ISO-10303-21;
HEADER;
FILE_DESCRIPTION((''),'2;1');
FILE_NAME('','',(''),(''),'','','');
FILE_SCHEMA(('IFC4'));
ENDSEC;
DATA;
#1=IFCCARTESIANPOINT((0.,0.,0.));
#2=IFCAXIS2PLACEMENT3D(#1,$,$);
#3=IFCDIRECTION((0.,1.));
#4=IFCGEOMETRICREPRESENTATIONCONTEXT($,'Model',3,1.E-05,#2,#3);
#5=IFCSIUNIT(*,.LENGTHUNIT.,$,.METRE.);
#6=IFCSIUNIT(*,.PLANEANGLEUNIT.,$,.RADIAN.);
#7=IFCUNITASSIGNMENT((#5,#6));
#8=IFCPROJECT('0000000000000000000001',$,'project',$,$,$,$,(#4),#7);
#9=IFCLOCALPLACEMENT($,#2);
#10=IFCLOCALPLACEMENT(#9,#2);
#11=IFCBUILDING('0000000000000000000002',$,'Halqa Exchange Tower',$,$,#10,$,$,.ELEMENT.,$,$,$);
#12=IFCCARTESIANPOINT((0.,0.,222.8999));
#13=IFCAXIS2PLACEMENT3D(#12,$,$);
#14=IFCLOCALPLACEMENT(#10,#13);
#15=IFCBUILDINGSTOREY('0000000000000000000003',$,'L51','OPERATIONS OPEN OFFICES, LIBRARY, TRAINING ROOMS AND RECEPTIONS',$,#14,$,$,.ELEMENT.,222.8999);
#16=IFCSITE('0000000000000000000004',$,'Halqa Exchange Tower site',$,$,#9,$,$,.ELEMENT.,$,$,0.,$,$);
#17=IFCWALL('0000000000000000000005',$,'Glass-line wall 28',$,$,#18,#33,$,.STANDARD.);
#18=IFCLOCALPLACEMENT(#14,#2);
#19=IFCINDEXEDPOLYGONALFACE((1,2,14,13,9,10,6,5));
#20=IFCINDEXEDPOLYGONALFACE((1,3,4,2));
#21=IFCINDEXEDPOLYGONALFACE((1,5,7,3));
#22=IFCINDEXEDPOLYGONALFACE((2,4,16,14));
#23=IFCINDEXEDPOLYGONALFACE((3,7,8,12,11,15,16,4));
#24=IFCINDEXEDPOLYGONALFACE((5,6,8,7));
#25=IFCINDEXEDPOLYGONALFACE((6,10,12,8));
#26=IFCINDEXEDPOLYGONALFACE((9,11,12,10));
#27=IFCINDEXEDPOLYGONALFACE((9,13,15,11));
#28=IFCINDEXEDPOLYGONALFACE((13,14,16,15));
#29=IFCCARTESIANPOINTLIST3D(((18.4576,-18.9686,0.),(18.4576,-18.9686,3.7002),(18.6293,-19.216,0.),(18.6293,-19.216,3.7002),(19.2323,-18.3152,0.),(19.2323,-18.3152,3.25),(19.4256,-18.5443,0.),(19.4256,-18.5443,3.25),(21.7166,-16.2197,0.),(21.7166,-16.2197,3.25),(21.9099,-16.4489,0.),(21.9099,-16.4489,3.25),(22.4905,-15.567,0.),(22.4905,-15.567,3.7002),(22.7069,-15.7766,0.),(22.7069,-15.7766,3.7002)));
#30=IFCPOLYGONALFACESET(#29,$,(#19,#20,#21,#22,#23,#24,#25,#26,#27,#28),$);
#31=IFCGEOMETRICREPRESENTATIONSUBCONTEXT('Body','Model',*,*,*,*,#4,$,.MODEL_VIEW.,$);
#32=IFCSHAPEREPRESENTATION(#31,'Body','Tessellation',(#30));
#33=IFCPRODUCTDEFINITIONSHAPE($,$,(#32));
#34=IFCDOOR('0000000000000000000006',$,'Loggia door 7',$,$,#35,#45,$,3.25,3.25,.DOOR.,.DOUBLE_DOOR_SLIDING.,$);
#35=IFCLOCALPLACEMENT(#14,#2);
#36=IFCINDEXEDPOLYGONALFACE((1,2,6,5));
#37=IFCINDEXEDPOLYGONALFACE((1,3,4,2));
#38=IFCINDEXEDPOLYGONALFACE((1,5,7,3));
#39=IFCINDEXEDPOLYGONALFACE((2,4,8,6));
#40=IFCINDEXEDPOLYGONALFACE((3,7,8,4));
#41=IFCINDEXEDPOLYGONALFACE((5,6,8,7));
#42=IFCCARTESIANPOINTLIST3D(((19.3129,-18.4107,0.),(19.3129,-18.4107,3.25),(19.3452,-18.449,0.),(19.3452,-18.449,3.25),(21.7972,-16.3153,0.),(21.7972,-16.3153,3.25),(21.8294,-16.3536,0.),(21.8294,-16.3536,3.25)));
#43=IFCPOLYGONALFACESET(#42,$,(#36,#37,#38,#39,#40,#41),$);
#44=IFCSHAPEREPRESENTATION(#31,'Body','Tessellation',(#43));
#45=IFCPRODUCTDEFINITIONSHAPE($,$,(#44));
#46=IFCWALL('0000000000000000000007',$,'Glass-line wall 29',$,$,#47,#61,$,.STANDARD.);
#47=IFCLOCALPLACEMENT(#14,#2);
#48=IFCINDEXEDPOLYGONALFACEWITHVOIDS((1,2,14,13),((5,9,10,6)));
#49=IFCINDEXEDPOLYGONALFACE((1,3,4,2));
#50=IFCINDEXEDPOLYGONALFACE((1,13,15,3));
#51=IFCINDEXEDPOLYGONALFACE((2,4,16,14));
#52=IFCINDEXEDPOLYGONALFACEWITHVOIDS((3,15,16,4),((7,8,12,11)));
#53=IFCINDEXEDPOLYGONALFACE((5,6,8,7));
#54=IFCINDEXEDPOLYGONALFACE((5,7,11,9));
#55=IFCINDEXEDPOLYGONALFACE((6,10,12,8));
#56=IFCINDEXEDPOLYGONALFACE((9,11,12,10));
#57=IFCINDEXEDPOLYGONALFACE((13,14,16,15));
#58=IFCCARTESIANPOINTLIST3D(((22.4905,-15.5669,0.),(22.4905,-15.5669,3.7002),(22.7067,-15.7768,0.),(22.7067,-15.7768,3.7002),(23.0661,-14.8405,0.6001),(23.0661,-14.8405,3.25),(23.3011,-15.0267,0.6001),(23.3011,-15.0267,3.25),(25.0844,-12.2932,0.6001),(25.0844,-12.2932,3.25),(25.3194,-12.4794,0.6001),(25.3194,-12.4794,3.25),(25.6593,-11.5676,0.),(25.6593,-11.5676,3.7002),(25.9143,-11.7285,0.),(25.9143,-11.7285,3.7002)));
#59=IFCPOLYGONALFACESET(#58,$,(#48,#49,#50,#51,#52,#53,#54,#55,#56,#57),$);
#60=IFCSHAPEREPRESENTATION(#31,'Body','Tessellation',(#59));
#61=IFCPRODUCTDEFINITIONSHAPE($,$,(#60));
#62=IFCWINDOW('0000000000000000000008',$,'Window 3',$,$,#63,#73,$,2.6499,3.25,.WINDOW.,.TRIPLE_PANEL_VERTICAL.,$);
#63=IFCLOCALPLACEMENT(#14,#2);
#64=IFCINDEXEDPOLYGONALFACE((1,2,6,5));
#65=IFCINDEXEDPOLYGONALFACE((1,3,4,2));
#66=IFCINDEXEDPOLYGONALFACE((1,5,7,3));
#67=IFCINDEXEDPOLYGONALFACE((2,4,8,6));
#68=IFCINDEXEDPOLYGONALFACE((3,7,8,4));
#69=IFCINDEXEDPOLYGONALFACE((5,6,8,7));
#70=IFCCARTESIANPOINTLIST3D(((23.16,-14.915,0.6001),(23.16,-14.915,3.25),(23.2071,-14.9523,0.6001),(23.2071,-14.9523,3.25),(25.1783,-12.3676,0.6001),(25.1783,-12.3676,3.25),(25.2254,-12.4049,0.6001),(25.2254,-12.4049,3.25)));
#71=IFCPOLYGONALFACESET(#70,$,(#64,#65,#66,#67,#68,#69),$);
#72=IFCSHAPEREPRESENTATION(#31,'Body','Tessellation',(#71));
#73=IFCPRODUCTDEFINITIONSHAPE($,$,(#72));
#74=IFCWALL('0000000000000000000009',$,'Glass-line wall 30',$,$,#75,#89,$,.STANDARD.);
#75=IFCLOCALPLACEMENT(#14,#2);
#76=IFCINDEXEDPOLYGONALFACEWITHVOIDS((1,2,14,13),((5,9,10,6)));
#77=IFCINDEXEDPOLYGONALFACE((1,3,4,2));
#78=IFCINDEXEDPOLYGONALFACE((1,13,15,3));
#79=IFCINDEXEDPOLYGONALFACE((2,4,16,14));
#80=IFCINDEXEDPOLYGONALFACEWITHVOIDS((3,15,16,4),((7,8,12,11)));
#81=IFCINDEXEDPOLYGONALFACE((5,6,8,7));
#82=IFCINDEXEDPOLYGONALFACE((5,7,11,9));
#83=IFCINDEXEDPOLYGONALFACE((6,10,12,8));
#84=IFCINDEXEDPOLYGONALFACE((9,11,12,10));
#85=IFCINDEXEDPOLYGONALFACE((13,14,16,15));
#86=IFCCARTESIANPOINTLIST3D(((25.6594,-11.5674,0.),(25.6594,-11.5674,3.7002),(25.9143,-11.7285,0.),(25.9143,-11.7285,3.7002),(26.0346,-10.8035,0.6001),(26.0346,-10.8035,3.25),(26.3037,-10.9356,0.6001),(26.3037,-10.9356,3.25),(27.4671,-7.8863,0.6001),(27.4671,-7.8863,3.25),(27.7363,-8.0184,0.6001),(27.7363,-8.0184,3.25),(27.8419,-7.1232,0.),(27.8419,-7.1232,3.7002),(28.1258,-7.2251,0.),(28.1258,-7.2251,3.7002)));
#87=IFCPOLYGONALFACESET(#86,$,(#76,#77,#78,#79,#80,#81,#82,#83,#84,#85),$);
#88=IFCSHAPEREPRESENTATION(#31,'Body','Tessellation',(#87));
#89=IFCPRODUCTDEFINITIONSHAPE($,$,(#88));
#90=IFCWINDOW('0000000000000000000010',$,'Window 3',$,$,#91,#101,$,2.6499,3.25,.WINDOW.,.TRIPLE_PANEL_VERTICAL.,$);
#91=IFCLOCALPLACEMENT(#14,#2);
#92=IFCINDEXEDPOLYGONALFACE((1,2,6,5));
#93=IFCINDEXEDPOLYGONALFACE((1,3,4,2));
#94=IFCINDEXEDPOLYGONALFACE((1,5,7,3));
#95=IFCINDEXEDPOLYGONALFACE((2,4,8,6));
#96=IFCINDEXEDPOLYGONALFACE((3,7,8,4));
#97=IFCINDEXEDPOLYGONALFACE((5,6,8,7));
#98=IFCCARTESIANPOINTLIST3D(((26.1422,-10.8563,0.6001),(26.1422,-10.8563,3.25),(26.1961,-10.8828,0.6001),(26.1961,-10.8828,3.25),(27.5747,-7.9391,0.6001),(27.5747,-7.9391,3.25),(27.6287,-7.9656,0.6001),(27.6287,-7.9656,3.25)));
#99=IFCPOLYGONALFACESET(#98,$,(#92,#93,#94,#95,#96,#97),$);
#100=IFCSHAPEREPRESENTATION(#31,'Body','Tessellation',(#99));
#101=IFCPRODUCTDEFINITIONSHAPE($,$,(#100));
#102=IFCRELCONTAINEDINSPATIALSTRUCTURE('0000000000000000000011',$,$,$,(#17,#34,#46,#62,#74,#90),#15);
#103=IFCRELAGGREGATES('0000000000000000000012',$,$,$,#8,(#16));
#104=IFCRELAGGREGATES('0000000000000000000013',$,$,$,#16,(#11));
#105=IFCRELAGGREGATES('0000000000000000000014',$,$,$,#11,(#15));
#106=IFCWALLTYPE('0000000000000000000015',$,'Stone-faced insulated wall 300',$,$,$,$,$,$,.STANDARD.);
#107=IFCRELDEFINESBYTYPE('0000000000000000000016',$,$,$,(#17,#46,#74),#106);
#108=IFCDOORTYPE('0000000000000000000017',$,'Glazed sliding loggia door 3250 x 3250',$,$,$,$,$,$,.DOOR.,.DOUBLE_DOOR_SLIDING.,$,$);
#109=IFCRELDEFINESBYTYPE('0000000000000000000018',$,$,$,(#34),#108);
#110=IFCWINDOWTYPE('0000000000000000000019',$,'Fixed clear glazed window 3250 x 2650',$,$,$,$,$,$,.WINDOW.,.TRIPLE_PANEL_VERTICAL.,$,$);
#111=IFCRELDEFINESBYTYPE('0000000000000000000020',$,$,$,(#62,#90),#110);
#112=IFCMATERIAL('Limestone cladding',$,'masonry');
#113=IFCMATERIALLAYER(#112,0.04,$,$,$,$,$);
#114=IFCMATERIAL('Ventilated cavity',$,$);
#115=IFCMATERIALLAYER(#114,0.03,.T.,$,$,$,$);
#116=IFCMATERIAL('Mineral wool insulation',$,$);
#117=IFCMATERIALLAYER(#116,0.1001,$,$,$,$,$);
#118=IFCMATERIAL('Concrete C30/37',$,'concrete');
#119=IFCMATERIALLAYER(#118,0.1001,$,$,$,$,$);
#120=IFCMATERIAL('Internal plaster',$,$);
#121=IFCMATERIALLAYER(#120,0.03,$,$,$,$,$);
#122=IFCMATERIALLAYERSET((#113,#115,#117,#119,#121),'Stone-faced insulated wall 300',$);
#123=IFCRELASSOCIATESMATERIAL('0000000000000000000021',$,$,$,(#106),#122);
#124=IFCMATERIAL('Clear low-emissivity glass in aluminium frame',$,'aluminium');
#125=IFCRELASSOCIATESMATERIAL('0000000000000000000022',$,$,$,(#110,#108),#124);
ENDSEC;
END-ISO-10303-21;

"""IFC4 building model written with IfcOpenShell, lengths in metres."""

from ifc_helpers import new_model, si_unit, direction, frame, frame_2d, origin, place, context, subcontext, project, spatial, polyline, rectangle, outline, extrude, material, layer, layer_set, type_object, element, fill, save


model = new_model("IFC4")

# Units and contexts
model_context = context("Model", 3, precision=1e-05, world=origin(), true_north=direction((0.0, 1.0)))
body_context = subcontext(model_context, "Body", "Model", "MODEL_VIEW")
ifc_project = project(units=[si_unit("LENGTHUNIT", "METRE"), si_unit("PLANEANGLEUNIT", "RADIAN")], contexts=[model_context])

# Site, building, storey
site_placement = place(None, origin())
site = spatial("IfcSite", under=ifc_project, at=site_placement, Name="Halqa Exchange Tower site", CompositionType="ELEMENT", RefElevation=0.0)
building_placement = place(site_placement, origin())
building = spatial("IfcBuilding", under=site, at=building_placement, Name="Halqa Exchange Tower", CompositionType="ELEMENT")
storey_placement = place(building_placement, frame((0.0, 0.0, 222.8999)))
storey = spatial("IfcBuildingStorey", under=building, at=storey_placement, Name="L51", Description="OPERATIONS OPEN OFFICES, LIBRARY, TRAINING ROOMS AND RECEPTIONS", CompositionType="ELEMENT", Elevation=222.8999)

# Shared definitions
ifc_material_1 = material(Name="Limestone cladding", Category="masonry")
ifc_layer_1 = layer(ifc_material_1, 0.04)
ifc_material_2 = material(Name="Ventilated cavity")
ifc_layer_2 = layer(ifc_material_2, 0.03, ventilated=True)
ifc_material_3 = material(Name="Mineral wool insulation")
ifc_layer_3 = layer(ifc_material_3, 0.1001)
ifc_material_4 = material(Name="Concrete C30/37", Category="concrete")
ifc_layer_4 = layer(ifc_material_4, 0.1001)
ifc_material_5 = material(Name="Internal plaster")
ifc_layer_5 = layer(ifc_material_5, 0.03)
ifc_layer_set_1 = layer_set([ifc_layer_1, ifc_layer_2, ifc_layer_3, ifc_layer_4, ifc_layer_5], Name="Stone-faced insulated wall 300")
wall_type_1 = type_object("IfcWallType", Name="Stone-faced insulated wall 300", PredefinedType="STANDARD", material=ifc_layer_set_1)
ifc_material_6 = material(Name="Clear low-emissivity glass in aluminium frame", Category="aluminium")
window_type = type_object("IfcWindowType", Name="Fixed clear glazed window 3250 x 2650", PartitioningType="TRIPLE_PANEL_VERTICAL", PredefinedType="WINDOW", material=ifc_material_6)

# Wall, opening, door
wall_1_placement = place(storey_placement, frame((18.5435, -19.0923, 0.0), z_axis=(0.0, 0.0, 1.0), x_axis=(0.764398, 0.644745, 0.0)))
wall_1 = element("IfcWall", 1, at=wall_1_placement, inside=storey, type_object=wall_type_1, Name="Glass-line wall 28", PredefinedType="STANDARD", context=body_context, shape_type="SweptSolid", body=[
    extrude(outline(polyline([(-0.0142, -0.1499), (5.3203, -0.1499), (5.29, 0.1499), (0.0142, 0.1499), (-0.0142, -0.1499)])), origin(), (0.0, 0.0, 1.0), 3.7002),
])
opening_1_placement = place(wall_1_placement, frame((1.0276, 0.0, 0.0)))
opening_1 = element("IfcOpeningElement", 2, at=opening_1_placement, cuts=wall_1, PredefinedType="OPENING", context=body_context, shape_type="SweptSolid", body=[
    extrude(rectangle(XDim=3.25, YDim=3.25, at=frame_2d((1.625, 1.625))), frame((0.0, 0.1621, 0.0), z_axis=(0.0, -1.0, 0.0), x_axis=(1.0, 0.0, 0.0)), (0.0, 0.0, 1.0), 0.324),
])
door_type = type_object("IfcDoorType", Name="Glazed sliding loggia door 3250 x 3250", OperationType="DOUBLE_DOOR_SLIDING", PredefinedType="DOOR", material=ifc_material_6)
door_placement = place(opening_1_placement, origin())
door = element("IfcDoor", 3, at=door_placement, inside=storey, type_object=door_type, Name="Loggia door 7", OperationType="DOUBLE_DOOR_SLIDING", OverallHeight=3.25, OverallWidth=3.25, PredefinedType="DOOR", context=body_context, shape_type="SweptSolid", body=[
    extrude(rectangle(XDim=3.25, YDim=3.25, at=frame_2d((1.625, 1.625))), frame((0.0, 0.0249, 0.0), z_axis=(0.0, -1.0, 0.0), x_axis=(1.0, 0.0, 0.0)), (0.0, 0.0, 1.0), 0.05),
])
fill(opening_1, door)

# Walls, openings, windows
wall_2_placement = place(storey_placement, frame((22.5986, -15.6719, 0.0), z_axis=(0.0, 0.0, 1.0), x_axis=(0.621017, 0.783797, 0.0)))
wall_2 = element("IfcWall", 4, at=wall_2_placement, inside=storey, type_object=wall_type_1, Name="Glass-line wall 29", PredefinedType="STANDARD", context=body_context, shape_type="SweptSolid", body=[
    extrude(outline(polyline([(-0.0151, -0.1499), (5.1499, -0.1499), (5.1177, 0.1499), (0.0151, 0.1499), (-0.0151, -0.1499)])), origin(), (0.0, 0.0, 1.0), 3.7002),
])
opening_2_placement = place(wall_2_placement, frame((0.9419, 0.0, 0.6001)))
opening_2 = element("IfcOpeningElement", 5, at=opening_2_placement, cuts=wall_2, PredefinedType="OPENING", context=body_context, shape_type="SweptSolid", body=[
    extrude(rectangle(XDim=3.25, YDim=2.6499, at=frame_2d((1.625, 1.325))), frame((0.0, 0.1621, 0.0), z_axis=(0.0, -1.0, 0.0), x_axis=(1.0, 0.0, 0.0)), (0.0, 0.0, 1.0), 0.324),
])
window_1_placement = place(opening_2_placement, origin())
window_1 = element("IfcWindow", 6, at=window_1_placement, inside=storey, type_object=window_type, Name="Window 3", OverallHeight=2.6499, OverallWidth=3.25, PartitioningType="TRIPLE_PANEL_VERTICAL", PredefinedType="WINDOW", context=body_context, shape_type="SweptSolid", body=[
    extrude(rectangle(XDim=3.25, YDim=2.6499, at=frame_2d((1.625, 1.325))), frame((0.0, 0.03, 0.0), z_axis=(0.0, -1.0, 0.0), x_axis=(1.0, 0.0, 0.0)), (0.0, 0.0, 1.0), 0.0601),
])
fill(opening_2, window_1)
wall_3_placement = place(storey_placement, frame((25.7869, -11.6479, 0.0), z_axis=(0.0, 0.0, 1.0), x_axis=(0.440795, 0.897608, 0.0)))
wall_3 = element("IfcWall", 7, at=wall_3_placement, inside=storey, type_object=wall_type_1, Name="Glass-line wall 30", PredefinedType="STANDARD", context=body_context, shape_type="SweptSolid", body=[
    extrude(outline(polyline([(-0.0161, -0.1499), (5.001, -0.1499), (4.9673, 0.1499), (0.0161, 0.1499), (-0.0161, -0.1499)])), origin(), (0.0, 0.0, 1.0), 3.7002),
])
opening_3_placement = place(wall_3_placement, frame((0.8672, 0.0, 0.6001)))
opening_3 = element("IfcOpeningElement", 8, at=opening_3_placement, cuts=wall_3, PredefinedType="OPENING", context=body_context, shape_type="SweptSolid", body=[
    extrude(rectangle(XDim=3.25, YDim=2.6499, at=frame_2d((1.625, 1.325))), frame((0.0, 0.1621, 0.0), z_axis=(0.0, -1.0, 0.0), x_axis=(1.0, 0.0, 0.0)), (0.0, 0.0, 1.0), 0.324),
])
window_2_placement = place(opening_3_placement, origin())
window_2 = element("IfcWindow", 9, at=window_2_placement, inside=storey, type_object=window_type, Name="Window 3", OverallHeight=2.6499, OverallWidth=3.25, PartitioningType="TRIPLE_PANEL_VERTICAL", PredefinedType="WINDOW", context=body_context, shape_type="SweptSolid", body=[
    extrude(rectangle(XDim=3.25, YDim=2.6499, at=frame_2d((1.625, 1.325))), frame((0.0, 0.03, 0.0), z_axis=(0.0, -1.0, 0.0), x_axis=(1.0, 0.0, 0.0)), (0.0, 0.0, 1.0), 0.0601),
])
fill(opening_3, window_2)

save(model, "model.ifc")
